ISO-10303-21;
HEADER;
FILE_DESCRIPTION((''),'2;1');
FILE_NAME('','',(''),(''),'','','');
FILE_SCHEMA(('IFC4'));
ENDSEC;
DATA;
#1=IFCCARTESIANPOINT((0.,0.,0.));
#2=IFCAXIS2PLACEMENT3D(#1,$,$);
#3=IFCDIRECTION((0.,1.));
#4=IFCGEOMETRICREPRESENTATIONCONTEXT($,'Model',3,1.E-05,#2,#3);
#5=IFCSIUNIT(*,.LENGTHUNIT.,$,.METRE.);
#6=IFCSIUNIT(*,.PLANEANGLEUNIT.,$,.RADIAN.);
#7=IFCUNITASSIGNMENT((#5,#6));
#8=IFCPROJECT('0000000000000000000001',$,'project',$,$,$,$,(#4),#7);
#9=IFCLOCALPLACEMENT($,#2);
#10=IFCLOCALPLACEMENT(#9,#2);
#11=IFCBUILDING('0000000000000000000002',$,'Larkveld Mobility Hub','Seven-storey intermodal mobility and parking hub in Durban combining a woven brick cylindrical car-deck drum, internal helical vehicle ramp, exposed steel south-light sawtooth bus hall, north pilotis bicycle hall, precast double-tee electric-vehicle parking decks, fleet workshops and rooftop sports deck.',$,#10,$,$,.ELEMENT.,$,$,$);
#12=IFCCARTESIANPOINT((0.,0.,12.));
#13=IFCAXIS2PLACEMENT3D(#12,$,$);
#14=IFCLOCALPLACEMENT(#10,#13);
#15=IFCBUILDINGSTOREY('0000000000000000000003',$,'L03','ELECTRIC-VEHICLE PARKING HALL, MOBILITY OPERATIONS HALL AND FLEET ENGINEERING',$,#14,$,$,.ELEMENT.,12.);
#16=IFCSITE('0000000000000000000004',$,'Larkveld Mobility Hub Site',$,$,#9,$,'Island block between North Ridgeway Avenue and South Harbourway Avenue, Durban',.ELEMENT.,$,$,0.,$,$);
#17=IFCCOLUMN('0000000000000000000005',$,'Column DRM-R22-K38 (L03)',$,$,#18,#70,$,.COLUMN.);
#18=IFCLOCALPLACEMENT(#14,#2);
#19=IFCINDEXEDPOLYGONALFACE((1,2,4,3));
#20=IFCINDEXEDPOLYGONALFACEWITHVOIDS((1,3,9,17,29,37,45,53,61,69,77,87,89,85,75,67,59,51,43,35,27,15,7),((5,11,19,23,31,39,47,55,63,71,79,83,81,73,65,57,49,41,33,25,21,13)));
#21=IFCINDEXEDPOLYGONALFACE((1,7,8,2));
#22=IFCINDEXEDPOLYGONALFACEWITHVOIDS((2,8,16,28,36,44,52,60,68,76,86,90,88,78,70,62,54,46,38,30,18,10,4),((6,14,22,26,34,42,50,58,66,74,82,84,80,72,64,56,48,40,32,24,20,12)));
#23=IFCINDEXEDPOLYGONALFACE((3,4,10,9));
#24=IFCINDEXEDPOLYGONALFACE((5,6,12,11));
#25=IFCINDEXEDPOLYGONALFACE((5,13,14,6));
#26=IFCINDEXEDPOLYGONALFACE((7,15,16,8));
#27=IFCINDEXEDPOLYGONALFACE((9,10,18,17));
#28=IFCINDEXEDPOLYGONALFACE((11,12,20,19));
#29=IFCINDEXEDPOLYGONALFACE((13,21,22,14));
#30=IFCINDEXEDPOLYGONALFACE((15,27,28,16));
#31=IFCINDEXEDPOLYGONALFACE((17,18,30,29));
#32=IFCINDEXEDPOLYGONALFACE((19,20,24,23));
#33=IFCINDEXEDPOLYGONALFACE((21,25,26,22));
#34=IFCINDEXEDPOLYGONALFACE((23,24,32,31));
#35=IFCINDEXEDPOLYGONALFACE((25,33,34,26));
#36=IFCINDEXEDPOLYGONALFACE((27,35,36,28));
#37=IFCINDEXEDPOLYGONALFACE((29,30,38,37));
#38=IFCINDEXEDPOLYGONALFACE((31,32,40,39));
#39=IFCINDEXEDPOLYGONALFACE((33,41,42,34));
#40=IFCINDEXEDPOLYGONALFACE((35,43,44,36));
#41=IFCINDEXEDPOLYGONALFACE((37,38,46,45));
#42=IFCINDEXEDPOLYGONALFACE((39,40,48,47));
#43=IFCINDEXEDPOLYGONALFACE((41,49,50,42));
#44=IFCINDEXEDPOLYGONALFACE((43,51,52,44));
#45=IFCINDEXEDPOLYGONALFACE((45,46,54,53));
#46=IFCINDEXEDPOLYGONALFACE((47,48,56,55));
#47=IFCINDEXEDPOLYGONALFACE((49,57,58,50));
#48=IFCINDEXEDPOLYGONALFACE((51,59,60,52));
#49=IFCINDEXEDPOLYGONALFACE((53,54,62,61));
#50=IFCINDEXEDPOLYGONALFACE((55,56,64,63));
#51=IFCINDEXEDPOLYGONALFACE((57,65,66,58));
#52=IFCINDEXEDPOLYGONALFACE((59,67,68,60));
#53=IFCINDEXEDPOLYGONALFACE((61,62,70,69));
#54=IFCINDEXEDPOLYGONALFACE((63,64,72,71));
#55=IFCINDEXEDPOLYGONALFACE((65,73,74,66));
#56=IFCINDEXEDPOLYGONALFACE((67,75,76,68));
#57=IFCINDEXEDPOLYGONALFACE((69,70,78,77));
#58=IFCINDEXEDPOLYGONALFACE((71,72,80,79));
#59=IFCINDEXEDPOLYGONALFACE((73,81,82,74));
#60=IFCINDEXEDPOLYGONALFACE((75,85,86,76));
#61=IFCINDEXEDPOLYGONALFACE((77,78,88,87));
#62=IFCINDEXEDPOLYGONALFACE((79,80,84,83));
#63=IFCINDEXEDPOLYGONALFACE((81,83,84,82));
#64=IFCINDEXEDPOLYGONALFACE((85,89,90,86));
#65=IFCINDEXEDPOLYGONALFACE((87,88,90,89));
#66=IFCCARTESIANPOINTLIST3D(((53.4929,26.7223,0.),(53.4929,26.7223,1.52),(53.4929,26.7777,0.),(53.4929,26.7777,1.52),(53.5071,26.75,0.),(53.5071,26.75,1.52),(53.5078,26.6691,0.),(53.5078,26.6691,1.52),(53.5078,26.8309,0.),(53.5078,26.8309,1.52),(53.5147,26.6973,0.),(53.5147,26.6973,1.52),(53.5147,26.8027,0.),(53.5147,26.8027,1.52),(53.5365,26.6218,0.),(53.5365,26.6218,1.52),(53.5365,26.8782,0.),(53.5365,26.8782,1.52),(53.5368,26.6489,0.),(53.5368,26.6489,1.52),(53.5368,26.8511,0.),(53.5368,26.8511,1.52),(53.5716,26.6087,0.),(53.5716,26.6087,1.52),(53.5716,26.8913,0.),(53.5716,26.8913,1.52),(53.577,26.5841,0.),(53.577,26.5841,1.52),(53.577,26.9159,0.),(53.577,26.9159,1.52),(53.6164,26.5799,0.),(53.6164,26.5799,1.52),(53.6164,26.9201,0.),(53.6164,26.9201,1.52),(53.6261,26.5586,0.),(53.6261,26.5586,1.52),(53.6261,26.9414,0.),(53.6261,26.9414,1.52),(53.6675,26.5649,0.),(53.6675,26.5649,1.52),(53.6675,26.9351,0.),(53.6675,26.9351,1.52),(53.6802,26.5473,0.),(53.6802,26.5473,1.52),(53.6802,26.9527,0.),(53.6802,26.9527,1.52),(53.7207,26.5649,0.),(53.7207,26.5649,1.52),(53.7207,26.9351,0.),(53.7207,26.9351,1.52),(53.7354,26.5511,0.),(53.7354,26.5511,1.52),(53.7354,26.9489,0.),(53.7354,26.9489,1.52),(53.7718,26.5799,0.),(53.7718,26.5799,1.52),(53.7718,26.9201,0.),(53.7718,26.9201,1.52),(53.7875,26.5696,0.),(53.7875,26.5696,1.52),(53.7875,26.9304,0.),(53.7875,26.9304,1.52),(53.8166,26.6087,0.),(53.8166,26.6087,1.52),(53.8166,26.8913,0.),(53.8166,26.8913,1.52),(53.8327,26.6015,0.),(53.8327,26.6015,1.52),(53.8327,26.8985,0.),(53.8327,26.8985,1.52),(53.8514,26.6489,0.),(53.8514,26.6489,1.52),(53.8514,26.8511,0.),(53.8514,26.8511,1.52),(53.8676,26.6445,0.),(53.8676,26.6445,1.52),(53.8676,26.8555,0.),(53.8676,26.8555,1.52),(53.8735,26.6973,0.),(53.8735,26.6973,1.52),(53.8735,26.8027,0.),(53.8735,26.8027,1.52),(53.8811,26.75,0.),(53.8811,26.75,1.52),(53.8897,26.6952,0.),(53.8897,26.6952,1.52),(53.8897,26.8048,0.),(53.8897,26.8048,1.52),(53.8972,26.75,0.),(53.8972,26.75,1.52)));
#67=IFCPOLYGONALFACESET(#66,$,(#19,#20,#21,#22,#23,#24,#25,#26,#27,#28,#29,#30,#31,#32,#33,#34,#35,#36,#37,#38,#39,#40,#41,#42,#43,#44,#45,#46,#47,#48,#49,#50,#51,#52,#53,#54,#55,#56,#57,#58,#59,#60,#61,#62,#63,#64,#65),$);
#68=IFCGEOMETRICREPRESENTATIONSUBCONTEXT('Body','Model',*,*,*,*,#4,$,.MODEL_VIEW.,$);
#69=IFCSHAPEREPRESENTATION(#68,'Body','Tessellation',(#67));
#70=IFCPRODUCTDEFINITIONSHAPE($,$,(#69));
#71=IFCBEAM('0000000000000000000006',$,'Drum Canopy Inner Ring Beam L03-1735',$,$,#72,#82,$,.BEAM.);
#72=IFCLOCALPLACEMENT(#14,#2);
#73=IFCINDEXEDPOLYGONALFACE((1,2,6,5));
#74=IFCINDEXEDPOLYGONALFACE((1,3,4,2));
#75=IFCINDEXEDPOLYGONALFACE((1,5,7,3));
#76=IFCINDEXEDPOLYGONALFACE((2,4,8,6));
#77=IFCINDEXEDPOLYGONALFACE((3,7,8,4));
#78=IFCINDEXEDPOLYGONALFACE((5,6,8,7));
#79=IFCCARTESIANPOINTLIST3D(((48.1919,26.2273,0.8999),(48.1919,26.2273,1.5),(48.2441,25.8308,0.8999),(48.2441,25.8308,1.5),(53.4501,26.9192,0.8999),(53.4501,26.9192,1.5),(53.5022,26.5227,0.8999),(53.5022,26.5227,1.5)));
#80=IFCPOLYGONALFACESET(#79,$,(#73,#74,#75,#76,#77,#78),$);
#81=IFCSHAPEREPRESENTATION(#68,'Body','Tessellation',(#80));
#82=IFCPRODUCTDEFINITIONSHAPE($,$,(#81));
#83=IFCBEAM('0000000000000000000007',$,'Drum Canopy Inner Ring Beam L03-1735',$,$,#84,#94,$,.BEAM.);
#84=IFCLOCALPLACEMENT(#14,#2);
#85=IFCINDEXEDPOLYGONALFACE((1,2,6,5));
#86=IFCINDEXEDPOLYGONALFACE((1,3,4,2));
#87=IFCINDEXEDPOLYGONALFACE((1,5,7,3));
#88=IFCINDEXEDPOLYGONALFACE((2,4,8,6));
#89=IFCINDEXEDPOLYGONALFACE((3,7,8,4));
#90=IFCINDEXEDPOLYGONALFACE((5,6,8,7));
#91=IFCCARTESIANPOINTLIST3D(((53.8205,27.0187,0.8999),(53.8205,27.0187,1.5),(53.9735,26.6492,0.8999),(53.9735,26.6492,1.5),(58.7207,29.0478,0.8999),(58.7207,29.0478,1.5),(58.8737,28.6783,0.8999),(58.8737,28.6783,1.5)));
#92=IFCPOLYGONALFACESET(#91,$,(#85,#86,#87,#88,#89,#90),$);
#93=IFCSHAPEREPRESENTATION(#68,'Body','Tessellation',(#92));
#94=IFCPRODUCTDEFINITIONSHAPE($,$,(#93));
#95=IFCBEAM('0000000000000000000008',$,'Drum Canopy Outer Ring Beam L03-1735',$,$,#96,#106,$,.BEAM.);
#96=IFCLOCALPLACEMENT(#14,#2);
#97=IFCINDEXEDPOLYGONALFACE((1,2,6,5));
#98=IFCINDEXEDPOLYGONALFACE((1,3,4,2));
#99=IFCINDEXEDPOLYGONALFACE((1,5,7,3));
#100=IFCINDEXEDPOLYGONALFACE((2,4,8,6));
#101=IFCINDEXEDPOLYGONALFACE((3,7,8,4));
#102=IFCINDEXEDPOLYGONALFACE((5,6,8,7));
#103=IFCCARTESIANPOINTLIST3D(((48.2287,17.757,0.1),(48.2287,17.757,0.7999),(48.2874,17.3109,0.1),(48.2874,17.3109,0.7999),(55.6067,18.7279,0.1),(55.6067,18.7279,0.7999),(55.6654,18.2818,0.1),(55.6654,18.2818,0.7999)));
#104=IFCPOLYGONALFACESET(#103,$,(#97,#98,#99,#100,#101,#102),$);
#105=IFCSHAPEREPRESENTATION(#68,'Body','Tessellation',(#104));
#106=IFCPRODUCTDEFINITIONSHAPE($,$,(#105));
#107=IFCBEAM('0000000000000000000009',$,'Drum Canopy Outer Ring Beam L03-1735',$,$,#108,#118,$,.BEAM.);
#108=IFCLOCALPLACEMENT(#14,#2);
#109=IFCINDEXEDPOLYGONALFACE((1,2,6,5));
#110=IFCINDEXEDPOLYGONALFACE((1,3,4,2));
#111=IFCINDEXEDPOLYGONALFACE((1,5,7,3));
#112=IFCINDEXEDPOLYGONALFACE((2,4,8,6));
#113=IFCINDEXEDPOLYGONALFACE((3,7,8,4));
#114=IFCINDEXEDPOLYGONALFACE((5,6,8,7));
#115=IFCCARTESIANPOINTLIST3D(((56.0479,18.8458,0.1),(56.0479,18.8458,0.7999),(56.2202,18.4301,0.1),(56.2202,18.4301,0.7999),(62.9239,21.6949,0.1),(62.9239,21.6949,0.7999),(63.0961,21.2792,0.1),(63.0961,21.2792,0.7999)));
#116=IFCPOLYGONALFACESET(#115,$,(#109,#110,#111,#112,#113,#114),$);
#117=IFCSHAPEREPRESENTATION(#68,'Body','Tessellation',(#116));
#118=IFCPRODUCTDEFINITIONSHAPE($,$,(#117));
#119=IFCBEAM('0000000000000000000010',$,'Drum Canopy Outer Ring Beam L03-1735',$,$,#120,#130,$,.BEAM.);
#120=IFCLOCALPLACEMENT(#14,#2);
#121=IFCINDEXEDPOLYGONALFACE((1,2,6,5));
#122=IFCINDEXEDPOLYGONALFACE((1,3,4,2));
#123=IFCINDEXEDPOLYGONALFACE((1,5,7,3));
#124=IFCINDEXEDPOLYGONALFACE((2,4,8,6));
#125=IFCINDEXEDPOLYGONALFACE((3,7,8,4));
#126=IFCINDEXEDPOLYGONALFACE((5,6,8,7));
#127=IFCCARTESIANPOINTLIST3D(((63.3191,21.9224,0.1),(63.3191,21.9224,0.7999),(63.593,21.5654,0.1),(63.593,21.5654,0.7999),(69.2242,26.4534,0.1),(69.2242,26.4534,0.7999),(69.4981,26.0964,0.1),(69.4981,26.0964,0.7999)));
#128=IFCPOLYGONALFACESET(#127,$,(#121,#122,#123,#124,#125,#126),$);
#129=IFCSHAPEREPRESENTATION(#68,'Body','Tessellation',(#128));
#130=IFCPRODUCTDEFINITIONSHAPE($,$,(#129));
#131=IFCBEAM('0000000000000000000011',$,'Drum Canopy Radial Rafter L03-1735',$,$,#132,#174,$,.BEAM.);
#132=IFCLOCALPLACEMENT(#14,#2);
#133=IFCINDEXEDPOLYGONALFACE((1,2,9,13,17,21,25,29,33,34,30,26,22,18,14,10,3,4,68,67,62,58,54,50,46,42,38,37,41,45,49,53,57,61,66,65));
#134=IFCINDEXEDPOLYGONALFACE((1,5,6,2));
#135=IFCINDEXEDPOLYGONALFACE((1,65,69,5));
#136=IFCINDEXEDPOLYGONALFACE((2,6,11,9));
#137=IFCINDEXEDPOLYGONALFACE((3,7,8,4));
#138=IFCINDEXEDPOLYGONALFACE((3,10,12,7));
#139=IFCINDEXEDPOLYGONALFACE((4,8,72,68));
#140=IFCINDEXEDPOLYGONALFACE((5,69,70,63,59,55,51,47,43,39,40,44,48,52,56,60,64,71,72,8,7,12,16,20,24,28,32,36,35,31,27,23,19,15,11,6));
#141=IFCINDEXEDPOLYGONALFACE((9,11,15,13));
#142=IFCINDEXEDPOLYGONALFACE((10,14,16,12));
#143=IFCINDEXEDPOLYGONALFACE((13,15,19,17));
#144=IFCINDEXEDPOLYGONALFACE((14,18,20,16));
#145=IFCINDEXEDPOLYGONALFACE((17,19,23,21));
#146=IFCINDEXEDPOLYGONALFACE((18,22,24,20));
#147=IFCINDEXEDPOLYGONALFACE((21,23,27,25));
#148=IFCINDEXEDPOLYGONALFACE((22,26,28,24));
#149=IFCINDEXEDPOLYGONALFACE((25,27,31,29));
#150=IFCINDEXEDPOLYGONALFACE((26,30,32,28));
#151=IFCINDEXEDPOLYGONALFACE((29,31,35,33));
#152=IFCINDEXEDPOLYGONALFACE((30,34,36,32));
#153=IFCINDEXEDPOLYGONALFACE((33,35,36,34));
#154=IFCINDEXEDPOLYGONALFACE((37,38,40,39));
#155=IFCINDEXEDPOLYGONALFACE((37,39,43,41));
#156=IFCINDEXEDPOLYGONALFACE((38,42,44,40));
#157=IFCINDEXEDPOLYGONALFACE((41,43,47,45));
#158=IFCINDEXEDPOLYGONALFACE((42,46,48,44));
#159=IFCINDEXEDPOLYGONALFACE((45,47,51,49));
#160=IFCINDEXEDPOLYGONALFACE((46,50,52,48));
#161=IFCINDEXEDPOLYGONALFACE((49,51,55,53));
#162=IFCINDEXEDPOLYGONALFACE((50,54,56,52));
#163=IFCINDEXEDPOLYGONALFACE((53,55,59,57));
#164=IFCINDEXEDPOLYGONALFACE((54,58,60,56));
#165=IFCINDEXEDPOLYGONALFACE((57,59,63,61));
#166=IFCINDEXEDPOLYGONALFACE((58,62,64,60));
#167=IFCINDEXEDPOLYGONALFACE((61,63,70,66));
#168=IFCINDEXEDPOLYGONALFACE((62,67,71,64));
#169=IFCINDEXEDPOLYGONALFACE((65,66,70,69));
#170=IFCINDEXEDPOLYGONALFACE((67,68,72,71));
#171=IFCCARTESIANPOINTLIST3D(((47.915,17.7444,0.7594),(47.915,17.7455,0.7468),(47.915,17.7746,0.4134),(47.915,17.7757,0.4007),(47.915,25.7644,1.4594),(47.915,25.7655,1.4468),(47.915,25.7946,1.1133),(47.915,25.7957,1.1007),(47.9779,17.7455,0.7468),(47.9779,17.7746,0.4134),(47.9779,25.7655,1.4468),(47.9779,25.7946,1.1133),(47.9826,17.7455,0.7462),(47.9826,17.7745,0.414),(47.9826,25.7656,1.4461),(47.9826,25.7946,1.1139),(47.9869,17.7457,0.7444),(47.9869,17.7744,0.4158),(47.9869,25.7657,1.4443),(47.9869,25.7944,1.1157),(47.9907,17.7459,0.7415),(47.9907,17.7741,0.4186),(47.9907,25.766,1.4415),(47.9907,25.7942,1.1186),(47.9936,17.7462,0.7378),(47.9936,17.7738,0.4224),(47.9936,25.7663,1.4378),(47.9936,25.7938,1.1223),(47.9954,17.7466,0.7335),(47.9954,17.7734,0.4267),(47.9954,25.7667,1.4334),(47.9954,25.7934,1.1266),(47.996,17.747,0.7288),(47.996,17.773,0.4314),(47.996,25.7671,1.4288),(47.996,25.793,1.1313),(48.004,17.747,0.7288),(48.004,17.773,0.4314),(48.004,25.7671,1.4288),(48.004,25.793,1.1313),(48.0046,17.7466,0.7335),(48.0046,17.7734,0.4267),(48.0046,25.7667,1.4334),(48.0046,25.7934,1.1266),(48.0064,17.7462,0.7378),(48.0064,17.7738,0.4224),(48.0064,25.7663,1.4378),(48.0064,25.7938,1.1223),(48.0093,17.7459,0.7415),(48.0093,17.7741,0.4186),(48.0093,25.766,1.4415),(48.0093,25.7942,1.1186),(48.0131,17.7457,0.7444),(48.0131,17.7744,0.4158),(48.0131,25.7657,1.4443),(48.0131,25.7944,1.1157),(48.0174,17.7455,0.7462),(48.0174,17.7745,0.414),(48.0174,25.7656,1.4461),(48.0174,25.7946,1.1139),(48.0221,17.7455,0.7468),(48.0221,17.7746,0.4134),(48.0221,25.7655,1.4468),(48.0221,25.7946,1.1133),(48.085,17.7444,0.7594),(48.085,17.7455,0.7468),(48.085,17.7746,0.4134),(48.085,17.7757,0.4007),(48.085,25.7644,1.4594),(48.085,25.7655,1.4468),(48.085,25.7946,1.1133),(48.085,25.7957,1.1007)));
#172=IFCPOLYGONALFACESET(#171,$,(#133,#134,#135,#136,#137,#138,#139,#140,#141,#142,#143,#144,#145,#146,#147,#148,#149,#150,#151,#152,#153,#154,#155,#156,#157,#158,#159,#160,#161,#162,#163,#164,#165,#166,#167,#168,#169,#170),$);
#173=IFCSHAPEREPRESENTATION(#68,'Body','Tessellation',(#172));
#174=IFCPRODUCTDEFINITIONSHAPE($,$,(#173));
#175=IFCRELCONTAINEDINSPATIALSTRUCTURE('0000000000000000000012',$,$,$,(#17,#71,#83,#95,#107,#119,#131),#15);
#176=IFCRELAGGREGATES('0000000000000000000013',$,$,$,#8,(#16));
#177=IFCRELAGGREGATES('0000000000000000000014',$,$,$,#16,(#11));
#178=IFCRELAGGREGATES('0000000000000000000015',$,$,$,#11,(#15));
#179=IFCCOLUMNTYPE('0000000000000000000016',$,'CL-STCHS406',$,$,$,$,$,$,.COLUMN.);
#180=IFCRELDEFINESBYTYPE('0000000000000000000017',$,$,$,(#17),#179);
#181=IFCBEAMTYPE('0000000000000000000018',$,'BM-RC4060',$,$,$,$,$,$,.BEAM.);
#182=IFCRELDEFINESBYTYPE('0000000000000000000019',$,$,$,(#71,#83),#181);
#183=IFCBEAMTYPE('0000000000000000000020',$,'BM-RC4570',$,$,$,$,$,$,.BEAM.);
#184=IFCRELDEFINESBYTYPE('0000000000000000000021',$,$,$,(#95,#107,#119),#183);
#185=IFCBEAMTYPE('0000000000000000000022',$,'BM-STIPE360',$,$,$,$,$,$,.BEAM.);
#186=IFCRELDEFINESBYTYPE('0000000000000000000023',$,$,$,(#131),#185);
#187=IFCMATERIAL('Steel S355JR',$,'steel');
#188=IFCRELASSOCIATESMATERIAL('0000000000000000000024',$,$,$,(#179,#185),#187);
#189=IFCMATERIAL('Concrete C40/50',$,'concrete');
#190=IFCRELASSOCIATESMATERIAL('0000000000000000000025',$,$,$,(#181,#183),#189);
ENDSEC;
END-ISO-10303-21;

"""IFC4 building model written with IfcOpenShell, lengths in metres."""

from ifc_helpers import new_model, si_unit, direction, frame, origin, origin_2d, place, context, subcontext, project, spatial, rectangle, hollow_circle, i_section, extrude, material, material_profile, profile_set, type_object, element, save


model = new_model("IFC4")

# Units and contexts
model_context = context("Model", 3, precision=1e-05, world=origin(), true_north=direction((0.0, 1.0)))
body_context = subcontext(model_context, "Body", "Model", "MODEL_VIEW")
ifc_project = project(units=[si_unit("LENGTHUNIT", "METRE"), si_unit("PLANEANGLEUNIT", "RADIAN")], contexts=[model_context])

# Site, building, storey
site_placement = place(None, origin())
site = spatial("IfcSite", under=ifc_project, at=site_placement, Name="Larkveld Mobility Hub Site", LongName="Island block between North Ridgeway Avenue and South Harbourway Avenue, Durban", CompositionType="ELEMENT", RefElevation=0.0)
building_placement = place(site_placement, origin())
building = spatial("IfcBuilding", under=site, at=building_placement, Name="Larkveld Mobility Hub", Description="Seven-storey intermodal mobility and parking hub in Durban combining a woven brick cylindrical car-deck drum, internal helical vehicle ramp, exposed steel south-light sawtooth bus hall, north pilotis bicycle hall, precast double-tee electric-vehicle parking decks, fleet workshops and rooftop sports deck.", CompositionType="ELEMENT")
storey_placement = place(building_placement, frame((0.0, 0.0, 12.0)))
storey = spatial("IfcBuildingStorey", under=building, at=storey_placement, Name="L03", Description="ELECTRIC-VEHICLE PARKING HALL, MOBILITY OPERATIONS HALL AND FLEET ENGINEERING", CompositionType="ELEMENT", Elevation=12.0)

# Column
ifc_material_1 = material(Name="Concrete C40/50", Category="concrete")
ifc_material_2 = material(Name="Steel S355JR", Category="steel")
ifc_material_profile_1 = material_profile(ifc_material_2, hollow_circle(Radius=0.2031, WallThickness=0.0161, at=origin_2d()), Name="CHS 406.4x16")
ifc_profile_set_1 = profile_set([ifc_material_profile_1], Name="Steel S355JR")
column_type_1 = type_object("IfcColumnType", Name="CL-STCHS406", PredefinedType="COLUMN", material=ifc_profile_set_1)
for number, where, z_axis, x_axis, name in (
    (1, (53.6941, 26.75, 0.0), (0.0, 0.0, 1.0), (1.0, 0.0, 0.0), "Column DRM-R22-K38 (L03)"),
):
    element("IfcColumn", number, at=place(storey_placement, frame(where, z_axis=z_axis, x_axis=x_axis)), inside=storey, type_object=column_type_1, Name=name, PredefinedType="COLUMN", context=body_context, shape_type="SweptSolid", body=[
        extrude(hollow_circle(Radius=0.2031, WallThickness=0.0161, at=origin_2d()), origin(), (0.0, 0.0, 1.0), 1.52),
    ])

# Beams
ifc_material_profile_2 = material_profile(ifc_material_1, rectangle(XDim=0.3999, YDim=0.6001, at=origin_2d()), Name="RC BM 400x600")
ifc_profile_set_2 = profile_set([ifc_material_profile_2], Name="Concrete C40/50")
beam_type_1 = type_object("IfcBeamType", Name="BM-RC4060", PredefinedType="BEAM", material=ifc_profile_set_2)
beam_1_placement = place(storey_placement, frame((48.218, 26.0291, 1.2), z_axis=(0.991453, 0.130463, 0.0), x_axis=(-0.130463, 0.991453, 0.0)))
element("IfcBeam", 2, at=beam_1_placement, inside=storey, type_object=beam_type_1, Name="Drum Canopy Inner Ring Beam L03-1735", PredefinedType="BEAM", context=body_context, shape_type="SweptSolid", body=[
    extrude(rectangle(XDim=0.3999, YDim=0.6001, at=origin_2d()), origin(), (0.0, 0.0, 1.0), 5.3035),
])
beam_2_placement = place(storey_placement, frame((53.897, 26.834, 1.2), z_axis=(0.923923, 0.382578, 0.0), x_axis=(-0.382578, 0.923923, 0.0)))
element("IfcBeam", 3, at=beam_2_placement, inside=storey, type_object=beam_type_1, Name="Drum Canopy Inner Ring Beam L03-1735", PredefinedType="BEAM", context=body_context, shape_type="SweptSolid", body=[
    extrude(rectangle(XDim=0.3999, YDim=0.6001, at=origin_2d()), origin(), (0.0, 0.0, 1.0), 5.3037),
])
ifc_material_profile_3 = material_profile(ifc_material_1, rectangle(XDim=0.45, YDim=0.7, at=origin_2d()), Name="RC BM 450x700")
ifc_profile_set_3 = profile_set([ifc_material_profile_3], Name="Concrete C40/50")
beam_type_2 = type_object("IfcBeamType", Name="BM-RC4570", PredefinedType="BEAM", material=ifc_profile_set_3)
beam_3_placement = place(storey_placement, frame((48.2581, 17.5339, 0.45), z_axis=(0.991451, 0.130477, 0.0), x_axis=(-0.130477, 0.991451, 0.0)))
element("IfcBeam", 4, at=beam_3_placement, inside=storey, type_object=beam_type_2, Name="Drum Canopy Outer Ring Beam L03-1735", PredefinedType="BEAM", context=body_context, shape_type="SweptSolid", body=[
    extrude(rectangle(XDim=0.45, YDim=0.7, at=origin_2d()), origin(), (0.0, 0.0, 1.0), 7.4417),
])
beam_4_placement = place(storey_placement, frame((56.134, 18.6379, 0.45), z_axis=(0.923832, 0.382798, 0.0), x_axis=(-0.382798, 0.923832, 0.0)))
element("IfcBeam", 5, at=beam_4_placement, inside=storey, type_object=beam_type_2, Name="Drum Canopy Outer Ring Beam L03-1735", PredefinedType="BEAM", context=body_context, shape_type="SweptSolid", body=[
    extrude(rectangle(XDim=0.45, YDim=0.7, at=origin_2d()), origin(), (0.0, 0.0, 1.0), 7.4429),
])
beam_5_placement = place(storey_placement, frame((63.4561, 21.7439, 0.45), z_axis=(0.793359, 0.608754, 0.0), x_axis=(-0.608754, 0.793359, 0.0)))
element("IfcBeam", 6, at=beam_5_placement, inside=storey, type_object=beam_type_2, Name="Drum Canopy Outer Ring Beam L03-1735", PredefinedType="BEAM", context=body_context, shape_type="SweptSolid", body=[
    extrude(rectangle(XDim=0.45, YDim=0.7, at=origin_2d()), origin(), (0.0, 0.0, 1.0), 7.4431),
])
ifc_material_profile_4 = material_profile(ifc_material_2, i_section(OverallWidth=0.1699, OverallDepth=0.3601, WebThickness=0.0081, FlangeThickness=0.0127, FilletRadius=0.0181, at=origin_2d()), Name="IPE 360")
ifc_profile_set_4 = profile_set([ifc_material_profile_4], Name="Steel S355JR")
beam_type_3 = type_object("IfcBeamType", Name="BM-STIPE360", PredefinedType="BEAM", material=ifc_profile_set_4)
beam_6_placement = place(storey_placement, frame((48.0, 17.76, 0.5801), z_axis=(0.0, 0.996213, 0.086945), x_axis=(-1.0, 0.0, 0.0)))
element("IfcBeam", 7, at=beam_6_placement, inside=storey, type_object=beam_type_3, Name="Drum Canopy Radial Rafter L03-1735", PredefinedType="BEAM", context=body_context, shape_type="SweptSolid", body=[
    extrude(i_section(OverallWidth=0.1699, OverallDepth=0.3601, WebThickness=0.0081, FlangeThickness=0.0127, FilletRadius=0.0181, at=origin_2d()), origin(), (0.0, 0.0, 1.0), 8.0505),
])

save(model, "model.ifc")
